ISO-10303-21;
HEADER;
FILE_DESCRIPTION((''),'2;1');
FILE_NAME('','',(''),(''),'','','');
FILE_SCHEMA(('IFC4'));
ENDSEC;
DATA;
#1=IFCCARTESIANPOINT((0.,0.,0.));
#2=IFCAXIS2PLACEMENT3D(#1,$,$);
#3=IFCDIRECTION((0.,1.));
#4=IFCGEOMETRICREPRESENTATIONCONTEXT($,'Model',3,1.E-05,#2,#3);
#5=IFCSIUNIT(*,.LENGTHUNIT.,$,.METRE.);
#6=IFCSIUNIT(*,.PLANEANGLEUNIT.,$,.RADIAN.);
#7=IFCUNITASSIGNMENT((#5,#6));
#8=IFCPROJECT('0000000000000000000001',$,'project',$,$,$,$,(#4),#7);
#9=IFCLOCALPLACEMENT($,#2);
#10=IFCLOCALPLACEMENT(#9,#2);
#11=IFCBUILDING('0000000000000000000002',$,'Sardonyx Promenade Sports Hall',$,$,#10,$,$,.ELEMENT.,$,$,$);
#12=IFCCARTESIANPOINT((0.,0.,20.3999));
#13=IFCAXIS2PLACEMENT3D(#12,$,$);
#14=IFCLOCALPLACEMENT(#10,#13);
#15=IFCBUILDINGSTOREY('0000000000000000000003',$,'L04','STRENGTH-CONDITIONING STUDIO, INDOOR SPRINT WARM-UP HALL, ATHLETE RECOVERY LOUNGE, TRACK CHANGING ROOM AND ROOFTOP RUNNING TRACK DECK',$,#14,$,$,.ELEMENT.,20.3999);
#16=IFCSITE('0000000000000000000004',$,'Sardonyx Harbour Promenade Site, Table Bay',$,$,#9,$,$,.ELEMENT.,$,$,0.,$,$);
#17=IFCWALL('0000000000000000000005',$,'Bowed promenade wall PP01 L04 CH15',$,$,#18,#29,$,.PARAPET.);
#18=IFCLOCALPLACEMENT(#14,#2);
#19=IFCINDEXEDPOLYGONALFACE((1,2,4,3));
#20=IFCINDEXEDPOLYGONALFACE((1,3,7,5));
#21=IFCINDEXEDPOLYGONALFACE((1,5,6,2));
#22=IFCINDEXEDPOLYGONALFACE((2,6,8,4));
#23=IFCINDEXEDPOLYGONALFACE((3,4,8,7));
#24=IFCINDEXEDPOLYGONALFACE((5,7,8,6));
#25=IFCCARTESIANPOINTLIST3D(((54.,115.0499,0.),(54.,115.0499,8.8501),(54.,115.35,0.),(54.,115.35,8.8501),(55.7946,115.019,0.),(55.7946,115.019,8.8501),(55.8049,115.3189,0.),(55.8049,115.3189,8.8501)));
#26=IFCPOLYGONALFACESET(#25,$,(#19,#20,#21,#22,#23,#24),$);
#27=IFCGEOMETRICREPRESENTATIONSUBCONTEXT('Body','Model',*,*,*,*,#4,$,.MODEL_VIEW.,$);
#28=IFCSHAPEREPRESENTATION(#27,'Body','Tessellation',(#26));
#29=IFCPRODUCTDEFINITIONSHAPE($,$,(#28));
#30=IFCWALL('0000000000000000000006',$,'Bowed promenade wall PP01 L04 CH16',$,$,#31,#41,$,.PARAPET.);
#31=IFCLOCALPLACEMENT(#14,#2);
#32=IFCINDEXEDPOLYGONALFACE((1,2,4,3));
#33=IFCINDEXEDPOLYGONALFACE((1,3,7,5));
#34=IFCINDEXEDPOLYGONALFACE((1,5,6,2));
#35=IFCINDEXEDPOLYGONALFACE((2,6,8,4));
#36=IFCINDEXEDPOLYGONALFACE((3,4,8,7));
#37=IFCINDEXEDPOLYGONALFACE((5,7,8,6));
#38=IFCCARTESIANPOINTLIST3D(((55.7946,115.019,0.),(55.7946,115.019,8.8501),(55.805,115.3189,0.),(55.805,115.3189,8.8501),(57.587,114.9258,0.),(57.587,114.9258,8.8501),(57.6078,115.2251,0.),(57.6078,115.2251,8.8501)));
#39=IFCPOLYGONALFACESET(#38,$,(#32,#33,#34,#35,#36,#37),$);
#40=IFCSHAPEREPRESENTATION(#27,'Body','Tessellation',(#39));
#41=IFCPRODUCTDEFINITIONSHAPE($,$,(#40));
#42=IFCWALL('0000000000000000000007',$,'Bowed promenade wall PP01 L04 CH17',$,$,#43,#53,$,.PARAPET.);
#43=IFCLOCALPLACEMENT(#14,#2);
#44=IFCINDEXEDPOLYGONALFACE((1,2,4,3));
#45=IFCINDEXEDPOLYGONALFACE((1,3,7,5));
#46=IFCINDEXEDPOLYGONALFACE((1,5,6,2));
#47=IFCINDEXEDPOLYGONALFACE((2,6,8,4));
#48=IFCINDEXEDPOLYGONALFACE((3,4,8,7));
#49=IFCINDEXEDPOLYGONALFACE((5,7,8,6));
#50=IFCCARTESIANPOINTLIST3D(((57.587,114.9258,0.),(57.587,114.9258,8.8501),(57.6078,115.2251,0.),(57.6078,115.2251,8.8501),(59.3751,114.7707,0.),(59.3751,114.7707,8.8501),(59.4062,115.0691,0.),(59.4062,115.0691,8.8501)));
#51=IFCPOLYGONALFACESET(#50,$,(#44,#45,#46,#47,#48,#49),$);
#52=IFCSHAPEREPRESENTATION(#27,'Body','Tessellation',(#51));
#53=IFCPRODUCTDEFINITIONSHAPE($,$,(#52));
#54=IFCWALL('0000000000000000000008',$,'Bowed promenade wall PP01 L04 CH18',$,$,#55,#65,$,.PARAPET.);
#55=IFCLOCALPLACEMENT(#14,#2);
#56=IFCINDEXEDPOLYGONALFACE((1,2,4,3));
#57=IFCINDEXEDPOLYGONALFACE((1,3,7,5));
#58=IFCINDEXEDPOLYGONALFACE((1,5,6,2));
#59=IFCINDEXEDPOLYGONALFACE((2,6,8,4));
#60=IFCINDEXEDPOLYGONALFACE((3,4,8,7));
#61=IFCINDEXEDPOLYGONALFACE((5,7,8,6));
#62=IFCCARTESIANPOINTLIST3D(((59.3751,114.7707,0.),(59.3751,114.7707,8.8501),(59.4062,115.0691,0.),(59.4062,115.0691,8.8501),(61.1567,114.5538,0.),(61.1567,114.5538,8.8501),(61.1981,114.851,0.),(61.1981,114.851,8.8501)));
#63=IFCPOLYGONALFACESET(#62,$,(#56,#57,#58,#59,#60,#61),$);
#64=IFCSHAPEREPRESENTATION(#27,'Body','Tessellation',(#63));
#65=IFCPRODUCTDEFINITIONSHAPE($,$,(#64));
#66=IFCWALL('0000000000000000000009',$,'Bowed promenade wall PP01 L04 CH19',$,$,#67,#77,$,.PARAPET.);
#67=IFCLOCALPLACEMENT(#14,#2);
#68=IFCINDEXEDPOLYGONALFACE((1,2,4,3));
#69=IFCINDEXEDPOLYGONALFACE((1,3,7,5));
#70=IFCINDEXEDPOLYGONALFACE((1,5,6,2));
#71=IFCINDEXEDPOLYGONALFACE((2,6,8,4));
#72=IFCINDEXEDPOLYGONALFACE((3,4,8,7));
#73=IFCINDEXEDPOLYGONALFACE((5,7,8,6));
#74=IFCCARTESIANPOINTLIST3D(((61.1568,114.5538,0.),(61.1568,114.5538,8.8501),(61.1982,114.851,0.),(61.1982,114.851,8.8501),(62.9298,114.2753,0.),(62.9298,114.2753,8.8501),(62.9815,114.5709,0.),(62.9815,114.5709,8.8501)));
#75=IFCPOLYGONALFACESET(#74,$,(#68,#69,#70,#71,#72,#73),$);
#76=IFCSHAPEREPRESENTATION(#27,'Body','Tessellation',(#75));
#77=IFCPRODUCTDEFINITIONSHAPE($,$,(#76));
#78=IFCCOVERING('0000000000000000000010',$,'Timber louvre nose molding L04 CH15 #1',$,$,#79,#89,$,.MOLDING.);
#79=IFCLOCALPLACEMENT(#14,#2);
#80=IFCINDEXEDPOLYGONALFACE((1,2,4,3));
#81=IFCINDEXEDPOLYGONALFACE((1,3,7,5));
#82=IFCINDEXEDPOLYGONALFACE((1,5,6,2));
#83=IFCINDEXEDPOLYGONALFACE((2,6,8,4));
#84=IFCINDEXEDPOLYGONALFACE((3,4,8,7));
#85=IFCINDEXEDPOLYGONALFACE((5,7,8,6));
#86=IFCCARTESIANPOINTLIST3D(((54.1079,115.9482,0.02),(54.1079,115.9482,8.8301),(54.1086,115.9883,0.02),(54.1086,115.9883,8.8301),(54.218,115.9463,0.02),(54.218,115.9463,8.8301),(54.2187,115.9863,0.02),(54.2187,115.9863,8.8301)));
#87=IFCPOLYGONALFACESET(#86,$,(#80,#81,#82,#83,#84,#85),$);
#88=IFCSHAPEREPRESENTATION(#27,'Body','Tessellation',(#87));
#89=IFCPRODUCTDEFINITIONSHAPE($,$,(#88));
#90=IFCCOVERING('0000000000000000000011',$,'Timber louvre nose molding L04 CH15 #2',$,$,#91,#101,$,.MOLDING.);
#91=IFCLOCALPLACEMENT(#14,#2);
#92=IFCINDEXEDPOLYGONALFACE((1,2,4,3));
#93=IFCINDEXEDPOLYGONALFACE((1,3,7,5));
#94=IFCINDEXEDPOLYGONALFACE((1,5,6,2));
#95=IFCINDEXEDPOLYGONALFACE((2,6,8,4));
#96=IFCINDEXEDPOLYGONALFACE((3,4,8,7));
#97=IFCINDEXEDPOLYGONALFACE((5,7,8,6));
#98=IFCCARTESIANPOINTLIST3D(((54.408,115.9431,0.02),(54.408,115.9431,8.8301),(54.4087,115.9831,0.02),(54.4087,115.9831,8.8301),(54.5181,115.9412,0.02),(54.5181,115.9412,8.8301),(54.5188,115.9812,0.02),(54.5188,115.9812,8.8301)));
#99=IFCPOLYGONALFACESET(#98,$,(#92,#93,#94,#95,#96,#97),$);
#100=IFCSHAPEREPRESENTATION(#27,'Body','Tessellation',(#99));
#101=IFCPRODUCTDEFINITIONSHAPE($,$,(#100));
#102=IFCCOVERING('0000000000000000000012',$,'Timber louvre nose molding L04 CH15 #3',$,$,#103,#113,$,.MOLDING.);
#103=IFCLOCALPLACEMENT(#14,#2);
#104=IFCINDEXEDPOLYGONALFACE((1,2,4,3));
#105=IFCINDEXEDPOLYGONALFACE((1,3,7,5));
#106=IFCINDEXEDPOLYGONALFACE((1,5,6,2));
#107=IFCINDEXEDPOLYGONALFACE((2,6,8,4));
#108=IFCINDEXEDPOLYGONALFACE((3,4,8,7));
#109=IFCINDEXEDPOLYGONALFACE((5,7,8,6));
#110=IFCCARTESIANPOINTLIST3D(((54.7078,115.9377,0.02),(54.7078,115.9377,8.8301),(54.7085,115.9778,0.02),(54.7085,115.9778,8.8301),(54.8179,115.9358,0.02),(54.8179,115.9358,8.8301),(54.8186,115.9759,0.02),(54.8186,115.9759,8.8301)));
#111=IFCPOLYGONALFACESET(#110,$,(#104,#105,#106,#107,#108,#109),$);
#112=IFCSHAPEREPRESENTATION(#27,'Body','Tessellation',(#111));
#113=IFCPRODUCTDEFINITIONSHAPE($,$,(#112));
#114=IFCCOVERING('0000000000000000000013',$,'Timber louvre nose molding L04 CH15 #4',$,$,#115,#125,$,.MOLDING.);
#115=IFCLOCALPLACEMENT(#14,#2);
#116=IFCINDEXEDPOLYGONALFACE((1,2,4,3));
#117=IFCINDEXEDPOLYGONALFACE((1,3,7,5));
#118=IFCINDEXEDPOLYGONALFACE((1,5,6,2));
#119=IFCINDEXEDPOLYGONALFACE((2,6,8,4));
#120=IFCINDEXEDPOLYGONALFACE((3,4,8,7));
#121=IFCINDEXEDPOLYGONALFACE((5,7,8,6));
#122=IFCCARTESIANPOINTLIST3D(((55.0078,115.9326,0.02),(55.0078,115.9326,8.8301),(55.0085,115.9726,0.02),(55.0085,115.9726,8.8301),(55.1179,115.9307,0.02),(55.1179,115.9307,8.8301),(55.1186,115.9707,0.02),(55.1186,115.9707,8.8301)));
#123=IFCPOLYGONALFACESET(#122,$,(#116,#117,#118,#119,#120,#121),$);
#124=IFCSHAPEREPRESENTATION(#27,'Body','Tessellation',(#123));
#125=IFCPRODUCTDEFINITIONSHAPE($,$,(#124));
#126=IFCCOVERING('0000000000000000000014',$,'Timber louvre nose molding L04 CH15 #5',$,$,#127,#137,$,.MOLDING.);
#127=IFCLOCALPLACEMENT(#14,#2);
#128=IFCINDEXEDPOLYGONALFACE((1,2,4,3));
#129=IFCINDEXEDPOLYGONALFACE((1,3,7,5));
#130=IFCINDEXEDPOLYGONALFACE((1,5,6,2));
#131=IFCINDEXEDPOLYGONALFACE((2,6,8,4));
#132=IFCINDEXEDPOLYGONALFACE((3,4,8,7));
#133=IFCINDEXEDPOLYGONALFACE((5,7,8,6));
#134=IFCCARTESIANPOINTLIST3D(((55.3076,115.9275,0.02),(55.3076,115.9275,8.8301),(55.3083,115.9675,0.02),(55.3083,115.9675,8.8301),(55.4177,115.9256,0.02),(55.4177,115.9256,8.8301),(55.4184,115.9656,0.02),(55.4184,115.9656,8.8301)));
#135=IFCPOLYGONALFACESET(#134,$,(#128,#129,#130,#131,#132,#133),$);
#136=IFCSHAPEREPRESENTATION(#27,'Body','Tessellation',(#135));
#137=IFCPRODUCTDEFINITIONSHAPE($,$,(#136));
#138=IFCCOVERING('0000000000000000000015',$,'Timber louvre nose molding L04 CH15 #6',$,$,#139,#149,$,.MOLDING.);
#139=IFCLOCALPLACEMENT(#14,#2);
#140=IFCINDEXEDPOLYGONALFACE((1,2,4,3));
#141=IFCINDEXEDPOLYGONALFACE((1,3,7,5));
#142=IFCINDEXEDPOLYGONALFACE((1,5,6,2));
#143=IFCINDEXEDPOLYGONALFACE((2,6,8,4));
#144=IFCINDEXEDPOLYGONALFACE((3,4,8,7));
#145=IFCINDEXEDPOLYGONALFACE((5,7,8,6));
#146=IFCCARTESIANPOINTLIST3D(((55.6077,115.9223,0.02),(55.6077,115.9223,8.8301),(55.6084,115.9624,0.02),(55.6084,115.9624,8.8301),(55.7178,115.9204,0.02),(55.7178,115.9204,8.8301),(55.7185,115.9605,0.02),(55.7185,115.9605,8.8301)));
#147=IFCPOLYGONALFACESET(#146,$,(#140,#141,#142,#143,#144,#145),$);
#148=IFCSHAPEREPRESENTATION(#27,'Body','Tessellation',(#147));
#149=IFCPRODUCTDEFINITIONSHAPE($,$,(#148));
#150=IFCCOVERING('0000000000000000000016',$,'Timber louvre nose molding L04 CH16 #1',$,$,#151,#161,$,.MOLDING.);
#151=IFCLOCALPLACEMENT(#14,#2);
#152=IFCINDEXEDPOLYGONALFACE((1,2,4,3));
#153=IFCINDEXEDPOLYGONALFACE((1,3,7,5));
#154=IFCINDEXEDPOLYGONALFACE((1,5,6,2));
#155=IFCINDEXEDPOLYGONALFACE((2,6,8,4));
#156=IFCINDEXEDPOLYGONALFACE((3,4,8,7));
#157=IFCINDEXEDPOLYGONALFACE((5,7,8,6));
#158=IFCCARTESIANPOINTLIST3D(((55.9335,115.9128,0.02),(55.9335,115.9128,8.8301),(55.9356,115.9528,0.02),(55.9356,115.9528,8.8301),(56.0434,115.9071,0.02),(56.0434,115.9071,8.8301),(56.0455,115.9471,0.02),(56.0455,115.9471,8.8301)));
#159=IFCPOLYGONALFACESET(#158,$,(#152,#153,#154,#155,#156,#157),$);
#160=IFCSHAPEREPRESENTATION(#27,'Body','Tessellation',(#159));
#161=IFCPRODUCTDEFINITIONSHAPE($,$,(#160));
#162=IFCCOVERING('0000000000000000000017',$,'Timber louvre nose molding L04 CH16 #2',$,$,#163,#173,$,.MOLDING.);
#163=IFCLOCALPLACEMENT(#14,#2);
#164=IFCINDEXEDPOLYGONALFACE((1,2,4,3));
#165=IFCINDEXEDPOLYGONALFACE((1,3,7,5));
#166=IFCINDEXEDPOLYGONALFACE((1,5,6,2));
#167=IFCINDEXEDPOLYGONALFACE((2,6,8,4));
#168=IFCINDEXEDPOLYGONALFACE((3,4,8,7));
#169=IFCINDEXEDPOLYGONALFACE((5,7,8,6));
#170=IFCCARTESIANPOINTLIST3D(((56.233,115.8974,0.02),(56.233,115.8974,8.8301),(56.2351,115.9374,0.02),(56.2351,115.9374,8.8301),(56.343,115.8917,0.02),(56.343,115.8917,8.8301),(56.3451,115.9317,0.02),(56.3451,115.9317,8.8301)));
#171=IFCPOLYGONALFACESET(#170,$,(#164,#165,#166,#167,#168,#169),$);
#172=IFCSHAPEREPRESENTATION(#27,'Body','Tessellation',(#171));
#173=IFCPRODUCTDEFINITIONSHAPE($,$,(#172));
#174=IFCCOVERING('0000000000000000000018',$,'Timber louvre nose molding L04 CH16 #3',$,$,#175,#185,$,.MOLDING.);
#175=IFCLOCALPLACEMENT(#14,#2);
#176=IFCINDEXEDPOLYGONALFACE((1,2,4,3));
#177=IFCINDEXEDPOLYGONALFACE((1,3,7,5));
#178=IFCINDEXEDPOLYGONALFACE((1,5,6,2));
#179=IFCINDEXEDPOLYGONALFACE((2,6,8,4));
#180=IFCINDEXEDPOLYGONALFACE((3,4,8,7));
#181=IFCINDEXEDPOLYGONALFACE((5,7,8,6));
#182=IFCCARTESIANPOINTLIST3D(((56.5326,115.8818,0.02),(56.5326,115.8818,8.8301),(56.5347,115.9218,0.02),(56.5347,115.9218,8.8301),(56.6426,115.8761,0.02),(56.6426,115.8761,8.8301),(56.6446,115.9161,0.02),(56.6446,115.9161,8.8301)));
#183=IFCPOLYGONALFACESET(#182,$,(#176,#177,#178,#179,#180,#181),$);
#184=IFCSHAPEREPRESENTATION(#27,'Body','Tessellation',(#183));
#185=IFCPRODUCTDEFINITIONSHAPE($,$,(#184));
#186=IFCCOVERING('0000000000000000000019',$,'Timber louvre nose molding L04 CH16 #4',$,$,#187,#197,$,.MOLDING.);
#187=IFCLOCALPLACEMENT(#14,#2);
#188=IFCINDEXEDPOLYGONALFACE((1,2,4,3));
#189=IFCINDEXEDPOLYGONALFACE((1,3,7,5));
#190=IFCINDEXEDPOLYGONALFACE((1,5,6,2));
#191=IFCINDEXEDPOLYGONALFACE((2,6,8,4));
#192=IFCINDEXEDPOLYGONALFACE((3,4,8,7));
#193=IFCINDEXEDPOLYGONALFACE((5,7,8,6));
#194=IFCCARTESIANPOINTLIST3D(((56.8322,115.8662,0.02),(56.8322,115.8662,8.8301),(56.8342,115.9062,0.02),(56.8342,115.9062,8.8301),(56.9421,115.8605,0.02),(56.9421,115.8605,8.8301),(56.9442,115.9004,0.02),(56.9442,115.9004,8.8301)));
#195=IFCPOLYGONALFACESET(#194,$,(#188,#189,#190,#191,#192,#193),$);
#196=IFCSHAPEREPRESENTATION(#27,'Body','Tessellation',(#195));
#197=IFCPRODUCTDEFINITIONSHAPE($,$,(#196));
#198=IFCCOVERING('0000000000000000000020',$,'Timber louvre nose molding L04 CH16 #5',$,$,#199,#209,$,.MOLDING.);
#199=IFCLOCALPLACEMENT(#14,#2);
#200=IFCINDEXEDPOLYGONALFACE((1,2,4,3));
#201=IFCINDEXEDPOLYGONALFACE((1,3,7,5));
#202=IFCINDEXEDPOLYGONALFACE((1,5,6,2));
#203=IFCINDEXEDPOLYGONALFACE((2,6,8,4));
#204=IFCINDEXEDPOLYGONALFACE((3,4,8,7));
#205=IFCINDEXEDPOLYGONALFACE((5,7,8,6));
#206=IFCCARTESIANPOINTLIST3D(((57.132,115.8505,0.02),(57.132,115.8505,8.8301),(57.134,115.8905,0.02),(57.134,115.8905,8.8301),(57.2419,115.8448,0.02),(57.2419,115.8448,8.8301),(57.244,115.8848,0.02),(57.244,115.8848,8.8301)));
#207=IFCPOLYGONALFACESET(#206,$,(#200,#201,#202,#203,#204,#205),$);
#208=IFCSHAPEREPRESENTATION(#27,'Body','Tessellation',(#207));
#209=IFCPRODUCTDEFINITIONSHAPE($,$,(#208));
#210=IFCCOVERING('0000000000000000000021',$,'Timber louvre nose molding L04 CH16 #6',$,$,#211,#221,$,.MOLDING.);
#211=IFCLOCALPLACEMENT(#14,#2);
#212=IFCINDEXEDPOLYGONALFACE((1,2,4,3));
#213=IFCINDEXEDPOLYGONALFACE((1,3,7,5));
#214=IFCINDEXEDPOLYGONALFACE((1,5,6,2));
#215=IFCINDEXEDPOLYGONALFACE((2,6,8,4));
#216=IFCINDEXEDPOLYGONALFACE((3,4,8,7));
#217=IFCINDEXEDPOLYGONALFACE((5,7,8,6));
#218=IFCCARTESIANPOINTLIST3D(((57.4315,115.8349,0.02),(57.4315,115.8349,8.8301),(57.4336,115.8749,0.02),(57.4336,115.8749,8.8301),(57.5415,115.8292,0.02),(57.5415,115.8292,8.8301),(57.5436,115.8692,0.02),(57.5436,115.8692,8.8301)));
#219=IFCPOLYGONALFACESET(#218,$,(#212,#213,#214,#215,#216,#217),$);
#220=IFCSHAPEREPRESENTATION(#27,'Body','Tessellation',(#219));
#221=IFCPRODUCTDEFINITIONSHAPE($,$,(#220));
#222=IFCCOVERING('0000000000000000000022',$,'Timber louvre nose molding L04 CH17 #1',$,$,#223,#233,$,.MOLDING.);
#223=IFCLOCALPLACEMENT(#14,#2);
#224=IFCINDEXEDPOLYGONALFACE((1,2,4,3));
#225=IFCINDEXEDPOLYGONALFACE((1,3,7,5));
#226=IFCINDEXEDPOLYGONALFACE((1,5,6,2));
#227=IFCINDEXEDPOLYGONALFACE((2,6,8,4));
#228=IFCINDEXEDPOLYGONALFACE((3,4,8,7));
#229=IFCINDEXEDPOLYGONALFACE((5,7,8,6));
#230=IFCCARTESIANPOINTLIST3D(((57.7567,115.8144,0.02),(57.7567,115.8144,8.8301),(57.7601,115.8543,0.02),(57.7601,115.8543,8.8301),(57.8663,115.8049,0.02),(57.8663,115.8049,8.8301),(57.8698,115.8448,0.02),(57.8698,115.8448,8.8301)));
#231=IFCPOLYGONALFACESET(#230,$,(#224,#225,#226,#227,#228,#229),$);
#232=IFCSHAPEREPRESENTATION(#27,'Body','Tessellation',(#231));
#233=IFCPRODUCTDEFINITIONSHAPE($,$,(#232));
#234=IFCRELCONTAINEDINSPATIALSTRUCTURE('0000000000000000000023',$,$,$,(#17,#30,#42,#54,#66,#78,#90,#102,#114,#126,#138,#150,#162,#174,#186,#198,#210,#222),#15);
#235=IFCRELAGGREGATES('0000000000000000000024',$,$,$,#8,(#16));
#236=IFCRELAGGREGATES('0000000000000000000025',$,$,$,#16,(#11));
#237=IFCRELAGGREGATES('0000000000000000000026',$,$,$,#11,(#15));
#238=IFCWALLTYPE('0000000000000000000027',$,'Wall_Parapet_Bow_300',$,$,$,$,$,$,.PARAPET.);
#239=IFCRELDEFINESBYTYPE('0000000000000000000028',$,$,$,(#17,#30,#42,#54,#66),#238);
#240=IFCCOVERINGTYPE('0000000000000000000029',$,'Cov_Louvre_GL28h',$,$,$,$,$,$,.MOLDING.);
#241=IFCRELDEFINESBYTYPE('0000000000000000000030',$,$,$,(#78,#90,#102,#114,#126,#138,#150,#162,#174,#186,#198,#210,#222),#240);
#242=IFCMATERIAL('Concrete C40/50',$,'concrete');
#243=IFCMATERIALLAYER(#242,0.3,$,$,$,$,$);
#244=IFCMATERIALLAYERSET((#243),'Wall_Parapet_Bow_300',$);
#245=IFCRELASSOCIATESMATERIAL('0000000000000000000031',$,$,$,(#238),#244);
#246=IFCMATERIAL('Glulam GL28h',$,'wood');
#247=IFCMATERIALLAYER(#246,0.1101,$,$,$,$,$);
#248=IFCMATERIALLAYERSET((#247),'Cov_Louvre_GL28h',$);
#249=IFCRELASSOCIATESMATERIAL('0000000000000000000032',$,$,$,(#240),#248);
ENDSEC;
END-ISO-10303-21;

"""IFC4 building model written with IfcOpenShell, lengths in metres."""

from ifc_helpers import new_model, si_unit, direction, frame, origin, origin_2d, place, context, subcontext, project, spatial, polyline, rectangle, outline, extrude, material, layer, layer_set, type_object, element, save


model = new_model("IFC4")

# Units and contexts
model_context = context("Model", 3, precision=1e-05, world=origin(), true_north=direction((0.0, 1.0)))
body_context = subcontext(model_context, "Body", "Model", "MODEL_VIEW")
ifc_project = project(units=[si_unit("LENGTHUNIT", "METRE"), si_unit("PLANEANGLEUNIT", "RADIAN")], contexts=[model_context])

# Site, building, storey
site_placement = place(None, origin())
site = spatial("IfcSite", under=ifc_project, at=site_placement, Name="Sardonyx Harbour Promenade Site, Table Bay", CompositionType="ELEMENT", RefElevation=0.0)
building_placement = place(site_placement, origin())
building = spatial("IfcBuilding", under=site, at=building_placement, Name="Sardonyx Promenade Sports Hall", CompositionType="ELEMENT")
storey_placement = place(building_placement, frame((0.0, 0.0, 20.3999)))
storey = spatial("IfcBuildingStorey", under=building, at=storey_placement, Name="L04", Description="STRENGTH-CONDITIONING STUDIO, INDOOR SPRINT WARM-UP HALL, ATHLETE RECOVERY LOUNGE, TRACK CHANGING ROOM AND ROOFTOP RUNNING TRACK DECK", CompositionType="ELEMENT", Elevation=20.3999)

# Walls
ifc_material_1 = material(Name="Concrete C40/50", Category="concrete")
ifc_layer_1 = layer(ifc_material_1, 0.3)
ifc_layer_set_1 = layer_set([ifc_layer_1], Name="Wall_Parapet_Bow_300")
wall_type = type_object("IfcWallType", Name="Wall_Parapet_Bow_300", PredefinedType="PARAPET", material=ifc_layer_set_1)
wall_1_placement = place(storey_placement, frame((54.0, 115.2, 0.0), z_axis=(0.0, 0.0, 1.0), x_axis=(0.999852, -0.017225, 0.0)))
element("IfcWall", 1, at=wall_1_placement, inside=storey, type_object=wall_type, Name="Bowed promenade wall PP01 L04 CH15", PredefinedType="PARAPET", context=body_context, shape_type="SweptSolid", body=[
    extrude(outline(polyline([(0.0026, -0.15), (1.7974, -0.15), (1.8026, 0.15), (-0.0026, 0.15), (0.0026, -0.15)])), origin(), (0.0, 0.0, 1.0), 8.8501),
])
for number, where, z_axis, x_axis, name in (
    (2, (55.7998, 115.1689, 0.0), (0.0, 0.0, 1.0), (0.99865, -0.051947, 0.0), "Bowed promenade wall PP01 L04 CH16"),
    (3, (57.5974, 115.0754, 0.0), (0.0, 0.0, 1.0), (0.99626, -0.086401, 0.0), "Bowed promenade wall PP01 L04 CH17"),
):
    element("IfcWall", number, at=place(storey_placement, frame(where, z_axis=z_axis, x_axis=x_axis)), inside=storey, type_object=wall_type, Name=name, PredefinedType="PARAPET", context=body_context, shape_type="SweptSolid", body=[
        extrude(outline(polyline([(0.0026, -0.15), (1.7974, -0.15), (1.8026, 0.15), (-0.0026, 0.15), (0.0026, -0.15)])), origin(), (0.0, 0.0, 1.0), 8.8501),
    ])
wall_2_placement = place(storey_placement, frame((59.3906, 114.9199, 0.0), z_axis=(0.0, 0.0, 1.0), x_axis=(0.992671, -0.120846, 0.0)))
element("IfcWall", 4, at=wall_2_placement, inside=storey, type_object=wall_type, Name="Bowed promenade wall PP01 L04 CH18", PredefinedType="PARAPET", context=body_context, shape_type="SweptSolid", body=[
    extrude(outline(polyline([(0.0026, -0.15), (1.7974, -0.15), (1.8026, 0.15), (-0.0026, 0.15), (0.0026, -0.15)])), origin(), (0.0, 0.0, 1.0), 8.8501),
])
wall_3_placement = place(storey_placement, frame((61.1775, 114.7024, 0.0), z_axis=(0.0, 0.0, 1.0), x_axis=(0.987887, -0.155175, 0.0)))
element("IfcWall", 5, at=wall_3_placement, inside=storey, type_object=wall_type, Name="Bowed promenade wall PP01 L04 CH19", PredefinedType="PARAPET", context=body_context, shape_type="SweptSolid", body=[
    extrude(outline(polyline([(0.0026, -0.15), (1.7974, -0.15), (1.8026, 0.15), (-0.0026, 0.15), (0.0026, -0.15)])), origin(), (0.0, 0.0, 1.0), 8.8501),
])

# Coverings
ifc_material_2 = material(Name="Glulam GL28h", Category="wood")
ifc_layer_2 = layer(ifc_material_2, 0.1101)
ifc_layer_set_2 = layer_set([ifc_layer_2], Name="Cov_Louvre_GL28h")
covering_type = type_object("IfcCoveringType", Name="Cov_Louvre_GL28h", PredefinedType="MOLDING", material=ifc_layer_set_2)
for number, where, z_axis, x_axis, name in (
    (6, (54.1633, 115.9673, 0.02), (0.0, 0.0, 1.0), (0.99985, -0.017308, 0.0), "Timber louvre nose molding L04 CH15 #1"),
    (7, (54.4634, 115.9622, 0.02), (0.0, 0.0, 1.0), (0.99985, -0.017308, 0.0), "Timber louvre nose molding L04 CH15 #2"),
    (8, (54.7632, 115.9568, 0.02), (0.0, 0.0, 1.0), (0.99985, -0.017308, 0.0), "Timber louvre nose molding L04 CH15 #3"),
    (9, (55.0632, 115.9517, 0.02), (0.0, 0.0, 1.0), (0.99985, -0.017308, 0.0), "Timber louvre nose molding L04 CH15 #4"),
    (10, (55.363, 115.9465, 0.02), (0.0, 0.0, 1.0), (0.99985, -0.017308, 0.0), "Timber louvre nose molding L04 CH15 #5"),
    (11, (55.6631, 115.9414, 0.02), (0.0, 0.0, 1.0), (0.99985, -0.017308, 0.0), "Timber louvre nose molding L04 CH15 #6"),
    (12, (55.9895, 115.9299, 0.02), (0.0, 0.0, 1.0), (0.998652, -0.051902, 0.0), "Timber louvre nose molding L04 CH16 #1"),
    (13, (56.2891, 115.9146, 0.02), (0.0, 0.0, 1.0), (0.998652, -0.051902, 0.0), "Timber louvre nose molding L04 CH16 #2"),
    (14, (56.5886, 115.8989, 0.02), (0.0, 0.0, 1.0), (0.998652, -0.051902, 0.0), "Timber louvre nose molding L04 CH16 #3"),
    (15, (56.8882, 115.8833, 0.02), (0.0, 0.0, 1.0), (0.998652, -0.051902, 0.0), "Timber louvre nose molding L04 CH16 #4"),
    (16, (57.188, 115.8677, 0.02), (0.0, 0.0, 1.0), (0.998652, -0.051902, 0.0), "Timber louvre nose molding L04 CH16 #5"),
    (17, (57.4875, 115.8521, 0.02), (0.0, 0.0, 1.0), (0.998652, -0.051902, 0.0), "Timber louvre nose molding L04 CH16 #6"),
    (18, (57.8132, 115.8296, 0.02), (0.0, 0.0, 1.0), (0.996258, -0.086434, 0.0), "Timber louvre nose molding L04 CH17 #1"),
):
    element("IfcCovering", number, at=place(storey_placement, frame(where, z_axis=z_axis, x_axis=x_axis)), inside=storey, type_object=covering_type, Name=name, PredefinedType="MOLDING", context=body_context, shape_type="SweptSolid", body=[
        extrude(rectangle(XDim=0.1101, YDim=0.04, at=origin_2d()), origin(), (0.0, 0.0, 1.0), 8.8101),
    ])

save(model, "model.ifc")
